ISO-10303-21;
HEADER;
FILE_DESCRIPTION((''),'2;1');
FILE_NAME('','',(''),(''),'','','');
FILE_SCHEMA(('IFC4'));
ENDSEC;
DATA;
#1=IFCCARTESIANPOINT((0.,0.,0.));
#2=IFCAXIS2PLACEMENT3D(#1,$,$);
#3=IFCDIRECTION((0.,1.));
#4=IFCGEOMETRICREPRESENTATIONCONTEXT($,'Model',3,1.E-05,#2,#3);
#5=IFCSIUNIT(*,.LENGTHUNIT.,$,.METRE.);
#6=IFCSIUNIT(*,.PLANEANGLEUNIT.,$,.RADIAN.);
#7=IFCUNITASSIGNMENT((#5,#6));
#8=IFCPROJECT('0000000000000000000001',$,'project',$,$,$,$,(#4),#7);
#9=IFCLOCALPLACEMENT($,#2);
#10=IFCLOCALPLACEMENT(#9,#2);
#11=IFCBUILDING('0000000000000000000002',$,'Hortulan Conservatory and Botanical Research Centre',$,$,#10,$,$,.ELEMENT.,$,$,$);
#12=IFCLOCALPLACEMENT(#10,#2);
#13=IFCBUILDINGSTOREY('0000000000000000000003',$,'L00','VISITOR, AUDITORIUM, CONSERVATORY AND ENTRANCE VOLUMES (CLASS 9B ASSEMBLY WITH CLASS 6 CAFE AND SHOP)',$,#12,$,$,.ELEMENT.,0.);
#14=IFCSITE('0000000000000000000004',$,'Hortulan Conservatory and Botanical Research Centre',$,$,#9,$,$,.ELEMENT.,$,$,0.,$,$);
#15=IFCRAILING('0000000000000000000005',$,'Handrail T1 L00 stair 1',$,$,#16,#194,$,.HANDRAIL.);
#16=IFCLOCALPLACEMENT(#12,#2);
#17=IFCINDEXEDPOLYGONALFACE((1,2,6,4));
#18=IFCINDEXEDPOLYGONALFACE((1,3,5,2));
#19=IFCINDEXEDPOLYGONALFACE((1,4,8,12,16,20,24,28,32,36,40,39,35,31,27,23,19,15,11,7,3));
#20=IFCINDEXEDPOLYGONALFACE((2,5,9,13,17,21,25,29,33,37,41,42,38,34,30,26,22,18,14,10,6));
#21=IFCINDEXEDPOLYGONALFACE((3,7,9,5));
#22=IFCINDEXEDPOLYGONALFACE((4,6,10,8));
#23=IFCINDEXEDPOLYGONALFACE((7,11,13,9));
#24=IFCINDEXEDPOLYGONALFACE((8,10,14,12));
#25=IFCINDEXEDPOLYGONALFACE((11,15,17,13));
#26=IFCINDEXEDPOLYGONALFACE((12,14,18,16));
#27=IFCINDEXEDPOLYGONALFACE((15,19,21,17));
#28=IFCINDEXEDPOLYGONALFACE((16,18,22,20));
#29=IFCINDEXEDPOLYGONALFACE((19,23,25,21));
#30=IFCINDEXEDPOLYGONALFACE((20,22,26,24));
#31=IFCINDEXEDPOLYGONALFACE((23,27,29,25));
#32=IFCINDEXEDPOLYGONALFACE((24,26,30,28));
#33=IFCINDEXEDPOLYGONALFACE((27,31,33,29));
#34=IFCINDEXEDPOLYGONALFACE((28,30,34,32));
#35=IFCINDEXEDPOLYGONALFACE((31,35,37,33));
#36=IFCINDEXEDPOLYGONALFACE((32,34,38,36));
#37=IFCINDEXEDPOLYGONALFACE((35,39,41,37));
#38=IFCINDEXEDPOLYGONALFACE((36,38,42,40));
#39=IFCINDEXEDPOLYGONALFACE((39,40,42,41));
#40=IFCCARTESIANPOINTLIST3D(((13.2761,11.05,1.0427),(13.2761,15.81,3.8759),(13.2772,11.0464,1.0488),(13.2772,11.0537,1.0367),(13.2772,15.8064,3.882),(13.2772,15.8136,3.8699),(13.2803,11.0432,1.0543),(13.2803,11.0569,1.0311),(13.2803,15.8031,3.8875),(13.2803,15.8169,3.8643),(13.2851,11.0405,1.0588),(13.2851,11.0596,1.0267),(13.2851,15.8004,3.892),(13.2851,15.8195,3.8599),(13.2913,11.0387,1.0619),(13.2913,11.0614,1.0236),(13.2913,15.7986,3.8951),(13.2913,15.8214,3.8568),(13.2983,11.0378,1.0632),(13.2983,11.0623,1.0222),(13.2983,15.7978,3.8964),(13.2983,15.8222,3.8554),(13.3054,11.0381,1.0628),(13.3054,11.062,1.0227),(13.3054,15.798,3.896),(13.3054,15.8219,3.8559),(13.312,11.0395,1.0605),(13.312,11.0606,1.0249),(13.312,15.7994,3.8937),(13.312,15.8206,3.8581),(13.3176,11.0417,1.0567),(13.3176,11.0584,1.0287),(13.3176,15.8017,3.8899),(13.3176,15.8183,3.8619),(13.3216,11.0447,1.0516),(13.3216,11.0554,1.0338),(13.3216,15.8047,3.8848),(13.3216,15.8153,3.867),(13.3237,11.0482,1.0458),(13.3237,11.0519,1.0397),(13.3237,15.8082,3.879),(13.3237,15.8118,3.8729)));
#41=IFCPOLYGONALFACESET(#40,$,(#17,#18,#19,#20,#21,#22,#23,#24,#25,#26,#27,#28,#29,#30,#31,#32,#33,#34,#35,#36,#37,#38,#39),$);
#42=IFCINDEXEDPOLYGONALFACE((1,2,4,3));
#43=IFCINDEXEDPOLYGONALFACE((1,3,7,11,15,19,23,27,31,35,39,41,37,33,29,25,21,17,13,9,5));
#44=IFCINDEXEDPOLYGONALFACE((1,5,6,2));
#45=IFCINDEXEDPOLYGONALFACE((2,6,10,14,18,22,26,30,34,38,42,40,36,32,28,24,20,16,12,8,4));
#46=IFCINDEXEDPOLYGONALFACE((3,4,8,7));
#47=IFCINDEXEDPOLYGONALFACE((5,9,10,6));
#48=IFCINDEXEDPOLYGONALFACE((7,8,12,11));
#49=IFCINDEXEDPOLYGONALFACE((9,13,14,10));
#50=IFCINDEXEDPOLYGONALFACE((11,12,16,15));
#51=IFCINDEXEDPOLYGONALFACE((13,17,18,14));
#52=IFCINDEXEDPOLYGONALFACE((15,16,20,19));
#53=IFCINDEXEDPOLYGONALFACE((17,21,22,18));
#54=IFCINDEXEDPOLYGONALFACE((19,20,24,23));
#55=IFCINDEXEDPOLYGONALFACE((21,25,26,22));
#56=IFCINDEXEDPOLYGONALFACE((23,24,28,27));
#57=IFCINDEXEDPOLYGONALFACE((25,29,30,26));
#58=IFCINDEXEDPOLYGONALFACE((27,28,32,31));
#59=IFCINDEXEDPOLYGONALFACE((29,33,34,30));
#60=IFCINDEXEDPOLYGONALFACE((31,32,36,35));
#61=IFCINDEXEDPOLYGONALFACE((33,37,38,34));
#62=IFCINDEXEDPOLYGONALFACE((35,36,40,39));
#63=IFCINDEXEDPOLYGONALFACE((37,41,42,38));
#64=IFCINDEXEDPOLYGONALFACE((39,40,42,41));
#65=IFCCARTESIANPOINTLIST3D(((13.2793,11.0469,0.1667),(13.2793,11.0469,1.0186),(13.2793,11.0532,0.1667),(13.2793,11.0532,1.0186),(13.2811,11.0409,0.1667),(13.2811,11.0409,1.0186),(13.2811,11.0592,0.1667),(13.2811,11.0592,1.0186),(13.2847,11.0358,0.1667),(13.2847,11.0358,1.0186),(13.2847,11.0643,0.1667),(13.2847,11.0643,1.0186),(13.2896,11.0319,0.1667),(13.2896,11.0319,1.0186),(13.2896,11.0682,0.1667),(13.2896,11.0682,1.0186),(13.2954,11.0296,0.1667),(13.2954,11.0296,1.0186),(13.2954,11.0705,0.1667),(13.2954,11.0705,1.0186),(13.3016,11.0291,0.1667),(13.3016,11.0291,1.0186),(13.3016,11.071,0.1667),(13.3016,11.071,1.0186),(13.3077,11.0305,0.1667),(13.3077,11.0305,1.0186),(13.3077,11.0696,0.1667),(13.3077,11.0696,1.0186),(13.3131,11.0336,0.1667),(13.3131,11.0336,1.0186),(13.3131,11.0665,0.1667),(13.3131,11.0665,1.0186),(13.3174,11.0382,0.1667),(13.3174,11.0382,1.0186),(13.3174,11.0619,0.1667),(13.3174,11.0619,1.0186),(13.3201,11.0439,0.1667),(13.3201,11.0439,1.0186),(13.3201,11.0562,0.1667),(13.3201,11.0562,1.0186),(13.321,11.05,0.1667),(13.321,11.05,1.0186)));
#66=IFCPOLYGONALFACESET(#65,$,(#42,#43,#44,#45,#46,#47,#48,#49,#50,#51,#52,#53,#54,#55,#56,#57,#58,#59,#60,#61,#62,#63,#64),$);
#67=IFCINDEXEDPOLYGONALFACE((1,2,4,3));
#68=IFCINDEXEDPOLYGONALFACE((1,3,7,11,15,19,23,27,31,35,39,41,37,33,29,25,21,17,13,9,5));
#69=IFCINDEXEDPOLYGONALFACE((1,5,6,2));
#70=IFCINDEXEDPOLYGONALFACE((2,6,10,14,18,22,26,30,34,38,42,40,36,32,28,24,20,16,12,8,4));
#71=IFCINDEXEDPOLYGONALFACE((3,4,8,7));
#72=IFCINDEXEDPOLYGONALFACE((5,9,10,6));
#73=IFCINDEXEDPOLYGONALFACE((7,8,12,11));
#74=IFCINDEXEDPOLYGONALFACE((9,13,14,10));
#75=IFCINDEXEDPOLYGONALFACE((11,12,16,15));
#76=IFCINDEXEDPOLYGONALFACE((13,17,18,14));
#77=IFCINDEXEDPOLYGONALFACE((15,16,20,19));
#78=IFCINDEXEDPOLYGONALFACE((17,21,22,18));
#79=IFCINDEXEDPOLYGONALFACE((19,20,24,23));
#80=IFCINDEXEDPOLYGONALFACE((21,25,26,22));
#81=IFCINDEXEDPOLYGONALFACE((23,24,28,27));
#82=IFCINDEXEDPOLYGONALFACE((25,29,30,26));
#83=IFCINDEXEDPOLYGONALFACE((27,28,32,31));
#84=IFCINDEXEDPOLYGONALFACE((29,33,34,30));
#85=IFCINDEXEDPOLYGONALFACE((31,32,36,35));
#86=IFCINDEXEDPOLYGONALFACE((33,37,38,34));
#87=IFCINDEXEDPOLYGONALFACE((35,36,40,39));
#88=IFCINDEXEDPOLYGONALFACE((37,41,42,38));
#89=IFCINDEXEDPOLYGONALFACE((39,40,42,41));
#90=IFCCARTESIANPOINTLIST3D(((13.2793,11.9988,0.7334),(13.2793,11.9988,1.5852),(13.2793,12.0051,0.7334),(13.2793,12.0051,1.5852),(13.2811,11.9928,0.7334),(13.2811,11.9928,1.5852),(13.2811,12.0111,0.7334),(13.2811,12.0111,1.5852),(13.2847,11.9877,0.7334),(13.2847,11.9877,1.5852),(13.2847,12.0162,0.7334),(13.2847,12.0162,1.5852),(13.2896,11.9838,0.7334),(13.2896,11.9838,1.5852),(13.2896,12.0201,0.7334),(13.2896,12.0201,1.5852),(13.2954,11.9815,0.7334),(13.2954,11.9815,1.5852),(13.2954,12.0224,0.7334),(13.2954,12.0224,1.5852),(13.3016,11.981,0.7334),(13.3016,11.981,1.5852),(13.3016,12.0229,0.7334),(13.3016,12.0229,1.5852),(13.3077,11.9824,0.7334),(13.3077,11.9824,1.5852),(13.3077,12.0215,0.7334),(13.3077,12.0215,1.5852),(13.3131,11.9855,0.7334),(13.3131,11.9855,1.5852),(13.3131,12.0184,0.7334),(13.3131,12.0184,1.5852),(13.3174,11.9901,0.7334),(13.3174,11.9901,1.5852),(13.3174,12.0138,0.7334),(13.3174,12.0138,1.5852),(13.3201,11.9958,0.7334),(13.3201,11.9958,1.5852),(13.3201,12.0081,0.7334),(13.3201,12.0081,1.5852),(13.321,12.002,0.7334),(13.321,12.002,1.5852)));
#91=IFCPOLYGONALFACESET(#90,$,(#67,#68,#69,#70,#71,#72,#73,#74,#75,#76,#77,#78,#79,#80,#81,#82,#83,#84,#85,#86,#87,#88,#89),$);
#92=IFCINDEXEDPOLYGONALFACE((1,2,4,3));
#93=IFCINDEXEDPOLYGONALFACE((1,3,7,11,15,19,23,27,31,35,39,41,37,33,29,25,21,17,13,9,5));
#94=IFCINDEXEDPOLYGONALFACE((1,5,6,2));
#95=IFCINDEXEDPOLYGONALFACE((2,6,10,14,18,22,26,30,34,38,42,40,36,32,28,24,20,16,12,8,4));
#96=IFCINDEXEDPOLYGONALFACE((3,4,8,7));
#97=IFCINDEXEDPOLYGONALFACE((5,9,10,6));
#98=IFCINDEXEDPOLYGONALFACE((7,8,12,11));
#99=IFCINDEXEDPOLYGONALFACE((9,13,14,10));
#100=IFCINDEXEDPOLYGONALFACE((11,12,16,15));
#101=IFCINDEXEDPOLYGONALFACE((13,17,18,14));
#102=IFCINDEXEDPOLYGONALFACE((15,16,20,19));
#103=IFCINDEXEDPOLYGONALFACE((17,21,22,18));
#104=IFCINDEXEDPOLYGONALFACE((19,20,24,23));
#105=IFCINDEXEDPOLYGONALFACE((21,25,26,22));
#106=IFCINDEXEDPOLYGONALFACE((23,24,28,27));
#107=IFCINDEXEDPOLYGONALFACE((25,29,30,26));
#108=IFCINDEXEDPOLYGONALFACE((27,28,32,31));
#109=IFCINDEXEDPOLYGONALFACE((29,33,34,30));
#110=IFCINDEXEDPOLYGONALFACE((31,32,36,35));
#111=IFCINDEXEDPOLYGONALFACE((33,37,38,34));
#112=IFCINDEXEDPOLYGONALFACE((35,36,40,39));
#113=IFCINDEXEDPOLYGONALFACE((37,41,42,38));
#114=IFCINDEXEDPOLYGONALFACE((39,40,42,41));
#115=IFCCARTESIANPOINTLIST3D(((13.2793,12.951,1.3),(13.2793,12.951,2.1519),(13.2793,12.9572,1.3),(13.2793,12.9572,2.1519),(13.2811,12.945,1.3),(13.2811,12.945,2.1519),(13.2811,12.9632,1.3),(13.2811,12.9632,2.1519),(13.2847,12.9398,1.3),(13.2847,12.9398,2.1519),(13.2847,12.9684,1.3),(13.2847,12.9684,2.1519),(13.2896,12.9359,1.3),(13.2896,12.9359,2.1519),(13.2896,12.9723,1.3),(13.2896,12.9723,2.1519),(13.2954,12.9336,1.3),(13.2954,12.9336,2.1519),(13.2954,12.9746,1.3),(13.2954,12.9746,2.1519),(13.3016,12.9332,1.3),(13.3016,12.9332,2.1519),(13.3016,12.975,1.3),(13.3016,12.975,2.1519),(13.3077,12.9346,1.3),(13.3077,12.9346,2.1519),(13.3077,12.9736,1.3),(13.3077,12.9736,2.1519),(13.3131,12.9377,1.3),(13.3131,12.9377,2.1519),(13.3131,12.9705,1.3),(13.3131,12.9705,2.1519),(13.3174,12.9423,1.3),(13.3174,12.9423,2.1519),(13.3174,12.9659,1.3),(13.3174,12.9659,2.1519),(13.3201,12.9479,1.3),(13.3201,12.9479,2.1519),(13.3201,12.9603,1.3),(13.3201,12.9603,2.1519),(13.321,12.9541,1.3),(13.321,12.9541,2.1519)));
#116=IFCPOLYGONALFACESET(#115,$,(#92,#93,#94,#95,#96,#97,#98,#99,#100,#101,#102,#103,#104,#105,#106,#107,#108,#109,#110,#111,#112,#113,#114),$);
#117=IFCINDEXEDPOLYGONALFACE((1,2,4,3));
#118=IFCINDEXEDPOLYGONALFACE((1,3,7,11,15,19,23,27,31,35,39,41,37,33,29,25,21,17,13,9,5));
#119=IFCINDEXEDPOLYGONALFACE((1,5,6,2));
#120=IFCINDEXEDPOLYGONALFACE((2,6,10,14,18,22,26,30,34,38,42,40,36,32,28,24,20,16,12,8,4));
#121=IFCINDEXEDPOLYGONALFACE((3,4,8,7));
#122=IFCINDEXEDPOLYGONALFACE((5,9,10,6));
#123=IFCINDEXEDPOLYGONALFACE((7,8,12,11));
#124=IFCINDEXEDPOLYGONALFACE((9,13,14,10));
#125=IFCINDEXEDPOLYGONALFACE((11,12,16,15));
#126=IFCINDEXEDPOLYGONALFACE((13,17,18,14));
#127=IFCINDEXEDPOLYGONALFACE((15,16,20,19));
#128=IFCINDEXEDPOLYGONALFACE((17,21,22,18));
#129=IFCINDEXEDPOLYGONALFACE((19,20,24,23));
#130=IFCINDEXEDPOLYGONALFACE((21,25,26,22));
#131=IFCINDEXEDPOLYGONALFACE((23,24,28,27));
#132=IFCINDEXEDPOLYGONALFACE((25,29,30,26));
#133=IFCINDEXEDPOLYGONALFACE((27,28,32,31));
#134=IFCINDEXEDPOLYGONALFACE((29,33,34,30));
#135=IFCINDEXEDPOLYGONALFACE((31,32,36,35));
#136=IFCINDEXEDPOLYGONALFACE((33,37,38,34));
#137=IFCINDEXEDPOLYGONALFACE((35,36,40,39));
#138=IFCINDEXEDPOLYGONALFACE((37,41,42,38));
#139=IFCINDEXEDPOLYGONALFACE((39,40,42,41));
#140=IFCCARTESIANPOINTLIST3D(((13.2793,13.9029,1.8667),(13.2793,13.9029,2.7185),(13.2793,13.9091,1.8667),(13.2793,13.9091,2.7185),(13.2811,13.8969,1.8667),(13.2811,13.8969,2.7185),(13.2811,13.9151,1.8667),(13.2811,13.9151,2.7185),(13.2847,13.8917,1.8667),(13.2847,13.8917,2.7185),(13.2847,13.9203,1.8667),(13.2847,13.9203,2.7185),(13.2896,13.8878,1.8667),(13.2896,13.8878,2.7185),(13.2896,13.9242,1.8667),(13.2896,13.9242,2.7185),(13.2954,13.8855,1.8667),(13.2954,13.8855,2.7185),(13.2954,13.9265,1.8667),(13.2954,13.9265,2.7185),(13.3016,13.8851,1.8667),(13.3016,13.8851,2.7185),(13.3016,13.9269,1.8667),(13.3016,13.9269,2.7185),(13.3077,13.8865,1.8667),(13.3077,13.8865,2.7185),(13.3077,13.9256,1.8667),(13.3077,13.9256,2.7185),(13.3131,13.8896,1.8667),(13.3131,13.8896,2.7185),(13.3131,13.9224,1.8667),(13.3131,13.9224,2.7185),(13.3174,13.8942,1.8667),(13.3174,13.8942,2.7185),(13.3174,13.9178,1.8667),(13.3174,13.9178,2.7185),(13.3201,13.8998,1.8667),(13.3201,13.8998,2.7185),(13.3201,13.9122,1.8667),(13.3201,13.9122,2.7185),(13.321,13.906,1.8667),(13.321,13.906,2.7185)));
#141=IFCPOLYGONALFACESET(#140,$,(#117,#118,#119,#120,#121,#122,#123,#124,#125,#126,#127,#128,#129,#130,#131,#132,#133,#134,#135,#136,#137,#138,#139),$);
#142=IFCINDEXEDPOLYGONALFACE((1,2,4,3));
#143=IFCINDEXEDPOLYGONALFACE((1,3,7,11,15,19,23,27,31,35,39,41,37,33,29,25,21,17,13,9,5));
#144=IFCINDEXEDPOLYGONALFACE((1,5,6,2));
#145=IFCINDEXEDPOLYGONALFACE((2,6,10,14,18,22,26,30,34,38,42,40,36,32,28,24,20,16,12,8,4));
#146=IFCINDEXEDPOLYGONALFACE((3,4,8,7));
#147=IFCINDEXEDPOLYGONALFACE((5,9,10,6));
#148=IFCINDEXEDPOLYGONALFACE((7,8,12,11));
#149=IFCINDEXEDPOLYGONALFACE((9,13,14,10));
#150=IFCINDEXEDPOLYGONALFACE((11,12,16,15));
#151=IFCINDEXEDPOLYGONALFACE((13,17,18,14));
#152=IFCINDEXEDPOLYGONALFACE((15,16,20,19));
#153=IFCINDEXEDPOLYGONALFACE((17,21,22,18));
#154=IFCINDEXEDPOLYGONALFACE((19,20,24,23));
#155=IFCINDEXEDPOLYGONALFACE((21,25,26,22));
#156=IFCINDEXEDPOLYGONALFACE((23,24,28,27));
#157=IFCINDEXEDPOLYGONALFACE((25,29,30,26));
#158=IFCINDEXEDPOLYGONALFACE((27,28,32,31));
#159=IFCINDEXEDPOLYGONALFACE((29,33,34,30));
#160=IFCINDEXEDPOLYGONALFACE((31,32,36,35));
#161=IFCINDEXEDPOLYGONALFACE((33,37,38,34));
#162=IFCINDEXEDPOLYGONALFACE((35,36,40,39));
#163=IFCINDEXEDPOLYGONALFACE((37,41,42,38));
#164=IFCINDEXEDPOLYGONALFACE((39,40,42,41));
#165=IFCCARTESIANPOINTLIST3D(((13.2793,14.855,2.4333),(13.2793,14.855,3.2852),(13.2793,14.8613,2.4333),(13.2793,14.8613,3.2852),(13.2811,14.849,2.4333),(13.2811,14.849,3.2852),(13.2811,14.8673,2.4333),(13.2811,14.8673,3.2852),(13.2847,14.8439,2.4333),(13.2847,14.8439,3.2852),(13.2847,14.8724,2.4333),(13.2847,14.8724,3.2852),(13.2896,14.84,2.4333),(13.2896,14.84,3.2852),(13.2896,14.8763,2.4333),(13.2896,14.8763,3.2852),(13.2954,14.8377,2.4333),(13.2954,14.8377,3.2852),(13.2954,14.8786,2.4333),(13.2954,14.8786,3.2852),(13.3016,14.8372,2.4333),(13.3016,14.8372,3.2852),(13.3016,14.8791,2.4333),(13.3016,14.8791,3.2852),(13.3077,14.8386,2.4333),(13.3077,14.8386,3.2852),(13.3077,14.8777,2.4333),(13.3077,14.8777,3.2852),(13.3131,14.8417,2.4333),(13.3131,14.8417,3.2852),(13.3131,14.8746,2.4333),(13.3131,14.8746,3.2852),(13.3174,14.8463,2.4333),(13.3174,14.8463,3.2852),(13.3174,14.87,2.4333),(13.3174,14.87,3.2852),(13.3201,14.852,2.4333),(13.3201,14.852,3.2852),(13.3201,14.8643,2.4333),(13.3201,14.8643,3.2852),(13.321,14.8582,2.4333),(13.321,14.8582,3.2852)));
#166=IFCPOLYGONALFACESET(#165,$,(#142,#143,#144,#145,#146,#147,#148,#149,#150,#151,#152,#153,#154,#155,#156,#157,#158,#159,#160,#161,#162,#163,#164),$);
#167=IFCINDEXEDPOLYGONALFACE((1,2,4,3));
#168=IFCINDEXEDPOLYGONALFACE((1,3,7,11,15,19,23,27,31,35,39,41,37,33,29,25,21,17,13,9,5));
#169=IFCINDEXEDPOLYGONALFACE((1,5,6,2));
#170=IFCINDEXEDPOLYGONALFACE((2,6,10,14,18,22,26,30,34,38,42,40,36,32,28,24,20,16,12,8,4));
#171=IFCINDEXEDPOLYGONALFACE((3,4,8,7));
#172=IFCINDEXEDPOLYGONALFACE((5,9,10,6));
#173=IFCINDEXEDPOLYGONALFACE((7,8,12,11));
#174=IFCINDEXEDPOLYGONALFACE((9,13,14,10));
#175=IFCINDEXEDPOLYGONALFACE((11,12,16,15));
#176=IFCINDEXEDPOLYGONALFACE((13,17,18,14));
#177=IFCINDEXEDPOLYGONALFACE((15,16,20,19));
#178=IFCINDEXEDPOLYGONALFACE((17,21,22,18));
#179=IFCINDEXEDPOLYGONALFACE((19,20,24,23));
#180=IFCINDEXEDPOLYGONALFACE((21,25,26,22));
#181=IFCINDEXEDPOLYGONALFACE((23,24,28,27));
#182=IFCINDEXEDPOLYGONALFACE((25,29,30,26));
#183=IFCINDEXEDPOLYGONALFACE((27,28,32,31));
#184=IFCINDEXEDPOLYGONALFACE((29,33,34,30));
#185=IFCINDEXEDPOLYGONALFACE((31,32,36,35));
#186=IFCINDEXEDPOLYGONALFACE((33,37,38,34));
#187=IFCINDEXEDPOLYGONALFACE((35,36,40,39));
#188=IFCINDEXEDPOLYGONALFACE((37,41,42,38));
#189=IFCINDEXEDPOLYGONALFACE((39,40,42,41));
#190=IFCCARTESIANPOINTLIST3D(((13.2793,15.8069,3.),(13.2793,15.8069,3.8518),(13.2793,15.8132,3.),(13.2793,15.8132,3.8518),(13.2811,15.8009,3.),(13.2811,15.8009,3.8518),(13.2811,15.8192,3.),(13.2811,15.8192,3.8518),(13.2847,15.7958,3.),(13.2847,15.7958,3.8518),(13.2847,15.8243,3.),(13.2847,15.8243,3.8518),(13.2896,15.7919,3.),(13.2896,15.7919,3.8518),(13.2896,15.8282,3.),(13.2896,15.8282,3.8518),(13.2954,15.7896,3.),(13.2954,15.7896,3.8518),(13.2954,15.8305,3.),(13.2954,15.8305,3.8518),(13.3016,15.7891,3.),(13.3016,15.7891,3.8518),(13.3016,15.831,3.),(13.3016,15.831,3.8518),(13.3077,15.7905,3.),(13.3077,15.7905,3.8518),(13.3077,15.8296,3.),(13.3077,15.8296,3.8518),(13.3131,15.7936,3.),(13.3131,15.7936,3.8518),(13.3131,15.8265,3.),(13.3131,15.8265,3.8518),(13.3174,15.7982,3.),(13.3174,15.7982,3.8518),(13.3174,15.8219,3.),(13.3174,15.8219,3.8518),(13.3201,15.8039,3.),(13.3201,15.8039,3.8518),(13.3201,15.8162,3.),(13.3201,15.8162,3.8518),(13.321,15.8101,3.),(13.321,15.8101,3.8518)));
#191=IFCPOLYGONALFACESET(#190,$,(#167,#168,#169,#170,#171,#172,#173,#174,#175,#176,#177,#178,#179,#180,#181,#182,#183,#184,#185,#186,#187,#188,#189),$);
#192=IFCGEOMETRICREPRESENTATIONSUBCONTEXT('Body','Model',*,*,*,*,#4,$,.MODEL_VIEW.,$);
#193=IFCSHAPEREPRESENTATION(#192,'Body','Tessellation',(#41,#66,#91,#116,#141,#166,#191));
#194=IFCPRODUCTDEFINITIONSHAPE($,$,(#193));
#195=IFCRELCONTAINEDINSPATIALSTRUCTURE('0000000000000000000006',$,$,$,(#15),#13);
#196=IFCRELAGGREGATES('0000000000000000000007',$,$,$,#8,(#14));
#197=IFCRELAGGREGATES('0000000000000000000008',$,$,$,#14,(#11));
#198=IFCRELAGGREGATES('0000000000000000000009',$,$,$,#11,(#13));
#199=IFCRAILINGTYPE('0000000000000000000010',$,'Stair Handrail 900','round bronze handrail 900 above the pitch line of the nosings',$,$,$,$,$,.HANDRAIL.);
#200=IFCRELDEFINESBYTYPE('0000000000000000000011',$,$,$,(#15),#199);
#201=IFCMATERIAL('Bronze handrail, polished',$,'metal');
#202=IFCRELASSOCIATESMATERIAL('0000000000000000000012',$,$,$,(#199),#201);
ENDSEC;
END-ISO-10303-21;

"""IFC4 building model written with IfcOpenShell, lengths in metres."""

from ifc_helpers import new_model, si_unit, direction, frame, origin, origin_2d, place, context, subcontext, project, spatial, circle, extrude, material, type_object, element, save


model = new_model("IFC4")

# Units and contexts
model_context = context("Model", 3, precision=1e-05, world=origin(), true_north=direction((0.0, 1.0)))
body_context = subcontext(model_context, "Body", "Model", "MODEL_VIEW")
ifc_project = project(units=[si_unit("LENGTHUNIT", "METRE"), si_unit("PLANEANGLEUNIT", "RADIAN")], contexts=[model_context])

# Site, building, storey
site_placement = place(None, origin())
site = spatial("IfcSite", under=ifc_project, at=site_placement, Name="Hortulan Conservatory and Botanical Research Centre", CompositionType="ELEMENT", RefElevation=0.0)
building_placement = place(site_placement, origin())
building = spatial("IfcBuilding", under=site, at=building_placement, Name="Hortulan Conservatory and Botanical Research Centre", CompositionType="ELEMENT")
storey_placement = place(building_placement, origin())
storey = spatial("IfcBuildingStorey", under=building, at=storey_placement, Name="L00", Description="VISITOR, AUDITORIUM, CONSERVATORY AND ENTRANCE VOLUMES (CLASS 9B ASSEMBLY WITH CLASS 6 CAFE AND SHOP)", CompositionType="ELEMENT", Elevation=0.0)

# Railing
ifc_material_1 = material(Name="Bronze handrail, polished", Category="metal")
railing_type_1 = type_object("IfcRailingType", Name="Stair Handrail 900", Description="round bronze handrail 900 above the pitch line of the nosings", PredefinedType="HANDRAIL", material=ifc_material_1)
railing_1_placement = place(storey_placement, frame((13.3, 11.05, 0.1667)))
element("IfcRailing", 1, at=railing_1_placement, inside=storey, type_object=railing_type_1, Name="Handrail T1 L00 stair 1", PredefinedType="HANDRAIL", context=body_context, shape_type="SweptSolid", body=[
    extrude(circle(Radius=0.0239, at=origin_2d()), frame((0.0, 0.0, 0.876), z_axis=(0.0, 0.8593, 0.511472), x_axis=(-1.0, 0.0, 0.0)), (0.0, 0.0, 1.0), 5.5393),
    extrude(circle(Radius=0.021, at=origin_2d()), origin(), (0.0, 0.0, 1.0), 0.8518),
    extrude(circle(Radius=0.021, at=origin_2d()), frame((0.0, 0.9519, 0.5667)), (0.0, 0.0, 1.0), 0.8518),
    extrude(circle(Radius=0.021, at=origin_2d()), frame((0.0, 1.9041, 1.1333)), (0.0, 0.0, 1.0), 0.8518),
    extrude(circle(Radius=0.021, at=origin_2d()), frame((0.0, 2.856, 1.7)), (0.0, 0.0, 1.0), 0.8518),
    extrude(circle(Radius=0.021, at=origin_2d()), frame((0.0, 3.8081, 2.2666)), (0.0, 0.0, 1.0), 0.8518),
    extrude(circle(Radius=0.021, at=origin_2d()), frame((0.0, 4.76, 2.8333)), (0.0, 0.0, 1.0), 0.8518),
])

save(model, "model.ifc")
